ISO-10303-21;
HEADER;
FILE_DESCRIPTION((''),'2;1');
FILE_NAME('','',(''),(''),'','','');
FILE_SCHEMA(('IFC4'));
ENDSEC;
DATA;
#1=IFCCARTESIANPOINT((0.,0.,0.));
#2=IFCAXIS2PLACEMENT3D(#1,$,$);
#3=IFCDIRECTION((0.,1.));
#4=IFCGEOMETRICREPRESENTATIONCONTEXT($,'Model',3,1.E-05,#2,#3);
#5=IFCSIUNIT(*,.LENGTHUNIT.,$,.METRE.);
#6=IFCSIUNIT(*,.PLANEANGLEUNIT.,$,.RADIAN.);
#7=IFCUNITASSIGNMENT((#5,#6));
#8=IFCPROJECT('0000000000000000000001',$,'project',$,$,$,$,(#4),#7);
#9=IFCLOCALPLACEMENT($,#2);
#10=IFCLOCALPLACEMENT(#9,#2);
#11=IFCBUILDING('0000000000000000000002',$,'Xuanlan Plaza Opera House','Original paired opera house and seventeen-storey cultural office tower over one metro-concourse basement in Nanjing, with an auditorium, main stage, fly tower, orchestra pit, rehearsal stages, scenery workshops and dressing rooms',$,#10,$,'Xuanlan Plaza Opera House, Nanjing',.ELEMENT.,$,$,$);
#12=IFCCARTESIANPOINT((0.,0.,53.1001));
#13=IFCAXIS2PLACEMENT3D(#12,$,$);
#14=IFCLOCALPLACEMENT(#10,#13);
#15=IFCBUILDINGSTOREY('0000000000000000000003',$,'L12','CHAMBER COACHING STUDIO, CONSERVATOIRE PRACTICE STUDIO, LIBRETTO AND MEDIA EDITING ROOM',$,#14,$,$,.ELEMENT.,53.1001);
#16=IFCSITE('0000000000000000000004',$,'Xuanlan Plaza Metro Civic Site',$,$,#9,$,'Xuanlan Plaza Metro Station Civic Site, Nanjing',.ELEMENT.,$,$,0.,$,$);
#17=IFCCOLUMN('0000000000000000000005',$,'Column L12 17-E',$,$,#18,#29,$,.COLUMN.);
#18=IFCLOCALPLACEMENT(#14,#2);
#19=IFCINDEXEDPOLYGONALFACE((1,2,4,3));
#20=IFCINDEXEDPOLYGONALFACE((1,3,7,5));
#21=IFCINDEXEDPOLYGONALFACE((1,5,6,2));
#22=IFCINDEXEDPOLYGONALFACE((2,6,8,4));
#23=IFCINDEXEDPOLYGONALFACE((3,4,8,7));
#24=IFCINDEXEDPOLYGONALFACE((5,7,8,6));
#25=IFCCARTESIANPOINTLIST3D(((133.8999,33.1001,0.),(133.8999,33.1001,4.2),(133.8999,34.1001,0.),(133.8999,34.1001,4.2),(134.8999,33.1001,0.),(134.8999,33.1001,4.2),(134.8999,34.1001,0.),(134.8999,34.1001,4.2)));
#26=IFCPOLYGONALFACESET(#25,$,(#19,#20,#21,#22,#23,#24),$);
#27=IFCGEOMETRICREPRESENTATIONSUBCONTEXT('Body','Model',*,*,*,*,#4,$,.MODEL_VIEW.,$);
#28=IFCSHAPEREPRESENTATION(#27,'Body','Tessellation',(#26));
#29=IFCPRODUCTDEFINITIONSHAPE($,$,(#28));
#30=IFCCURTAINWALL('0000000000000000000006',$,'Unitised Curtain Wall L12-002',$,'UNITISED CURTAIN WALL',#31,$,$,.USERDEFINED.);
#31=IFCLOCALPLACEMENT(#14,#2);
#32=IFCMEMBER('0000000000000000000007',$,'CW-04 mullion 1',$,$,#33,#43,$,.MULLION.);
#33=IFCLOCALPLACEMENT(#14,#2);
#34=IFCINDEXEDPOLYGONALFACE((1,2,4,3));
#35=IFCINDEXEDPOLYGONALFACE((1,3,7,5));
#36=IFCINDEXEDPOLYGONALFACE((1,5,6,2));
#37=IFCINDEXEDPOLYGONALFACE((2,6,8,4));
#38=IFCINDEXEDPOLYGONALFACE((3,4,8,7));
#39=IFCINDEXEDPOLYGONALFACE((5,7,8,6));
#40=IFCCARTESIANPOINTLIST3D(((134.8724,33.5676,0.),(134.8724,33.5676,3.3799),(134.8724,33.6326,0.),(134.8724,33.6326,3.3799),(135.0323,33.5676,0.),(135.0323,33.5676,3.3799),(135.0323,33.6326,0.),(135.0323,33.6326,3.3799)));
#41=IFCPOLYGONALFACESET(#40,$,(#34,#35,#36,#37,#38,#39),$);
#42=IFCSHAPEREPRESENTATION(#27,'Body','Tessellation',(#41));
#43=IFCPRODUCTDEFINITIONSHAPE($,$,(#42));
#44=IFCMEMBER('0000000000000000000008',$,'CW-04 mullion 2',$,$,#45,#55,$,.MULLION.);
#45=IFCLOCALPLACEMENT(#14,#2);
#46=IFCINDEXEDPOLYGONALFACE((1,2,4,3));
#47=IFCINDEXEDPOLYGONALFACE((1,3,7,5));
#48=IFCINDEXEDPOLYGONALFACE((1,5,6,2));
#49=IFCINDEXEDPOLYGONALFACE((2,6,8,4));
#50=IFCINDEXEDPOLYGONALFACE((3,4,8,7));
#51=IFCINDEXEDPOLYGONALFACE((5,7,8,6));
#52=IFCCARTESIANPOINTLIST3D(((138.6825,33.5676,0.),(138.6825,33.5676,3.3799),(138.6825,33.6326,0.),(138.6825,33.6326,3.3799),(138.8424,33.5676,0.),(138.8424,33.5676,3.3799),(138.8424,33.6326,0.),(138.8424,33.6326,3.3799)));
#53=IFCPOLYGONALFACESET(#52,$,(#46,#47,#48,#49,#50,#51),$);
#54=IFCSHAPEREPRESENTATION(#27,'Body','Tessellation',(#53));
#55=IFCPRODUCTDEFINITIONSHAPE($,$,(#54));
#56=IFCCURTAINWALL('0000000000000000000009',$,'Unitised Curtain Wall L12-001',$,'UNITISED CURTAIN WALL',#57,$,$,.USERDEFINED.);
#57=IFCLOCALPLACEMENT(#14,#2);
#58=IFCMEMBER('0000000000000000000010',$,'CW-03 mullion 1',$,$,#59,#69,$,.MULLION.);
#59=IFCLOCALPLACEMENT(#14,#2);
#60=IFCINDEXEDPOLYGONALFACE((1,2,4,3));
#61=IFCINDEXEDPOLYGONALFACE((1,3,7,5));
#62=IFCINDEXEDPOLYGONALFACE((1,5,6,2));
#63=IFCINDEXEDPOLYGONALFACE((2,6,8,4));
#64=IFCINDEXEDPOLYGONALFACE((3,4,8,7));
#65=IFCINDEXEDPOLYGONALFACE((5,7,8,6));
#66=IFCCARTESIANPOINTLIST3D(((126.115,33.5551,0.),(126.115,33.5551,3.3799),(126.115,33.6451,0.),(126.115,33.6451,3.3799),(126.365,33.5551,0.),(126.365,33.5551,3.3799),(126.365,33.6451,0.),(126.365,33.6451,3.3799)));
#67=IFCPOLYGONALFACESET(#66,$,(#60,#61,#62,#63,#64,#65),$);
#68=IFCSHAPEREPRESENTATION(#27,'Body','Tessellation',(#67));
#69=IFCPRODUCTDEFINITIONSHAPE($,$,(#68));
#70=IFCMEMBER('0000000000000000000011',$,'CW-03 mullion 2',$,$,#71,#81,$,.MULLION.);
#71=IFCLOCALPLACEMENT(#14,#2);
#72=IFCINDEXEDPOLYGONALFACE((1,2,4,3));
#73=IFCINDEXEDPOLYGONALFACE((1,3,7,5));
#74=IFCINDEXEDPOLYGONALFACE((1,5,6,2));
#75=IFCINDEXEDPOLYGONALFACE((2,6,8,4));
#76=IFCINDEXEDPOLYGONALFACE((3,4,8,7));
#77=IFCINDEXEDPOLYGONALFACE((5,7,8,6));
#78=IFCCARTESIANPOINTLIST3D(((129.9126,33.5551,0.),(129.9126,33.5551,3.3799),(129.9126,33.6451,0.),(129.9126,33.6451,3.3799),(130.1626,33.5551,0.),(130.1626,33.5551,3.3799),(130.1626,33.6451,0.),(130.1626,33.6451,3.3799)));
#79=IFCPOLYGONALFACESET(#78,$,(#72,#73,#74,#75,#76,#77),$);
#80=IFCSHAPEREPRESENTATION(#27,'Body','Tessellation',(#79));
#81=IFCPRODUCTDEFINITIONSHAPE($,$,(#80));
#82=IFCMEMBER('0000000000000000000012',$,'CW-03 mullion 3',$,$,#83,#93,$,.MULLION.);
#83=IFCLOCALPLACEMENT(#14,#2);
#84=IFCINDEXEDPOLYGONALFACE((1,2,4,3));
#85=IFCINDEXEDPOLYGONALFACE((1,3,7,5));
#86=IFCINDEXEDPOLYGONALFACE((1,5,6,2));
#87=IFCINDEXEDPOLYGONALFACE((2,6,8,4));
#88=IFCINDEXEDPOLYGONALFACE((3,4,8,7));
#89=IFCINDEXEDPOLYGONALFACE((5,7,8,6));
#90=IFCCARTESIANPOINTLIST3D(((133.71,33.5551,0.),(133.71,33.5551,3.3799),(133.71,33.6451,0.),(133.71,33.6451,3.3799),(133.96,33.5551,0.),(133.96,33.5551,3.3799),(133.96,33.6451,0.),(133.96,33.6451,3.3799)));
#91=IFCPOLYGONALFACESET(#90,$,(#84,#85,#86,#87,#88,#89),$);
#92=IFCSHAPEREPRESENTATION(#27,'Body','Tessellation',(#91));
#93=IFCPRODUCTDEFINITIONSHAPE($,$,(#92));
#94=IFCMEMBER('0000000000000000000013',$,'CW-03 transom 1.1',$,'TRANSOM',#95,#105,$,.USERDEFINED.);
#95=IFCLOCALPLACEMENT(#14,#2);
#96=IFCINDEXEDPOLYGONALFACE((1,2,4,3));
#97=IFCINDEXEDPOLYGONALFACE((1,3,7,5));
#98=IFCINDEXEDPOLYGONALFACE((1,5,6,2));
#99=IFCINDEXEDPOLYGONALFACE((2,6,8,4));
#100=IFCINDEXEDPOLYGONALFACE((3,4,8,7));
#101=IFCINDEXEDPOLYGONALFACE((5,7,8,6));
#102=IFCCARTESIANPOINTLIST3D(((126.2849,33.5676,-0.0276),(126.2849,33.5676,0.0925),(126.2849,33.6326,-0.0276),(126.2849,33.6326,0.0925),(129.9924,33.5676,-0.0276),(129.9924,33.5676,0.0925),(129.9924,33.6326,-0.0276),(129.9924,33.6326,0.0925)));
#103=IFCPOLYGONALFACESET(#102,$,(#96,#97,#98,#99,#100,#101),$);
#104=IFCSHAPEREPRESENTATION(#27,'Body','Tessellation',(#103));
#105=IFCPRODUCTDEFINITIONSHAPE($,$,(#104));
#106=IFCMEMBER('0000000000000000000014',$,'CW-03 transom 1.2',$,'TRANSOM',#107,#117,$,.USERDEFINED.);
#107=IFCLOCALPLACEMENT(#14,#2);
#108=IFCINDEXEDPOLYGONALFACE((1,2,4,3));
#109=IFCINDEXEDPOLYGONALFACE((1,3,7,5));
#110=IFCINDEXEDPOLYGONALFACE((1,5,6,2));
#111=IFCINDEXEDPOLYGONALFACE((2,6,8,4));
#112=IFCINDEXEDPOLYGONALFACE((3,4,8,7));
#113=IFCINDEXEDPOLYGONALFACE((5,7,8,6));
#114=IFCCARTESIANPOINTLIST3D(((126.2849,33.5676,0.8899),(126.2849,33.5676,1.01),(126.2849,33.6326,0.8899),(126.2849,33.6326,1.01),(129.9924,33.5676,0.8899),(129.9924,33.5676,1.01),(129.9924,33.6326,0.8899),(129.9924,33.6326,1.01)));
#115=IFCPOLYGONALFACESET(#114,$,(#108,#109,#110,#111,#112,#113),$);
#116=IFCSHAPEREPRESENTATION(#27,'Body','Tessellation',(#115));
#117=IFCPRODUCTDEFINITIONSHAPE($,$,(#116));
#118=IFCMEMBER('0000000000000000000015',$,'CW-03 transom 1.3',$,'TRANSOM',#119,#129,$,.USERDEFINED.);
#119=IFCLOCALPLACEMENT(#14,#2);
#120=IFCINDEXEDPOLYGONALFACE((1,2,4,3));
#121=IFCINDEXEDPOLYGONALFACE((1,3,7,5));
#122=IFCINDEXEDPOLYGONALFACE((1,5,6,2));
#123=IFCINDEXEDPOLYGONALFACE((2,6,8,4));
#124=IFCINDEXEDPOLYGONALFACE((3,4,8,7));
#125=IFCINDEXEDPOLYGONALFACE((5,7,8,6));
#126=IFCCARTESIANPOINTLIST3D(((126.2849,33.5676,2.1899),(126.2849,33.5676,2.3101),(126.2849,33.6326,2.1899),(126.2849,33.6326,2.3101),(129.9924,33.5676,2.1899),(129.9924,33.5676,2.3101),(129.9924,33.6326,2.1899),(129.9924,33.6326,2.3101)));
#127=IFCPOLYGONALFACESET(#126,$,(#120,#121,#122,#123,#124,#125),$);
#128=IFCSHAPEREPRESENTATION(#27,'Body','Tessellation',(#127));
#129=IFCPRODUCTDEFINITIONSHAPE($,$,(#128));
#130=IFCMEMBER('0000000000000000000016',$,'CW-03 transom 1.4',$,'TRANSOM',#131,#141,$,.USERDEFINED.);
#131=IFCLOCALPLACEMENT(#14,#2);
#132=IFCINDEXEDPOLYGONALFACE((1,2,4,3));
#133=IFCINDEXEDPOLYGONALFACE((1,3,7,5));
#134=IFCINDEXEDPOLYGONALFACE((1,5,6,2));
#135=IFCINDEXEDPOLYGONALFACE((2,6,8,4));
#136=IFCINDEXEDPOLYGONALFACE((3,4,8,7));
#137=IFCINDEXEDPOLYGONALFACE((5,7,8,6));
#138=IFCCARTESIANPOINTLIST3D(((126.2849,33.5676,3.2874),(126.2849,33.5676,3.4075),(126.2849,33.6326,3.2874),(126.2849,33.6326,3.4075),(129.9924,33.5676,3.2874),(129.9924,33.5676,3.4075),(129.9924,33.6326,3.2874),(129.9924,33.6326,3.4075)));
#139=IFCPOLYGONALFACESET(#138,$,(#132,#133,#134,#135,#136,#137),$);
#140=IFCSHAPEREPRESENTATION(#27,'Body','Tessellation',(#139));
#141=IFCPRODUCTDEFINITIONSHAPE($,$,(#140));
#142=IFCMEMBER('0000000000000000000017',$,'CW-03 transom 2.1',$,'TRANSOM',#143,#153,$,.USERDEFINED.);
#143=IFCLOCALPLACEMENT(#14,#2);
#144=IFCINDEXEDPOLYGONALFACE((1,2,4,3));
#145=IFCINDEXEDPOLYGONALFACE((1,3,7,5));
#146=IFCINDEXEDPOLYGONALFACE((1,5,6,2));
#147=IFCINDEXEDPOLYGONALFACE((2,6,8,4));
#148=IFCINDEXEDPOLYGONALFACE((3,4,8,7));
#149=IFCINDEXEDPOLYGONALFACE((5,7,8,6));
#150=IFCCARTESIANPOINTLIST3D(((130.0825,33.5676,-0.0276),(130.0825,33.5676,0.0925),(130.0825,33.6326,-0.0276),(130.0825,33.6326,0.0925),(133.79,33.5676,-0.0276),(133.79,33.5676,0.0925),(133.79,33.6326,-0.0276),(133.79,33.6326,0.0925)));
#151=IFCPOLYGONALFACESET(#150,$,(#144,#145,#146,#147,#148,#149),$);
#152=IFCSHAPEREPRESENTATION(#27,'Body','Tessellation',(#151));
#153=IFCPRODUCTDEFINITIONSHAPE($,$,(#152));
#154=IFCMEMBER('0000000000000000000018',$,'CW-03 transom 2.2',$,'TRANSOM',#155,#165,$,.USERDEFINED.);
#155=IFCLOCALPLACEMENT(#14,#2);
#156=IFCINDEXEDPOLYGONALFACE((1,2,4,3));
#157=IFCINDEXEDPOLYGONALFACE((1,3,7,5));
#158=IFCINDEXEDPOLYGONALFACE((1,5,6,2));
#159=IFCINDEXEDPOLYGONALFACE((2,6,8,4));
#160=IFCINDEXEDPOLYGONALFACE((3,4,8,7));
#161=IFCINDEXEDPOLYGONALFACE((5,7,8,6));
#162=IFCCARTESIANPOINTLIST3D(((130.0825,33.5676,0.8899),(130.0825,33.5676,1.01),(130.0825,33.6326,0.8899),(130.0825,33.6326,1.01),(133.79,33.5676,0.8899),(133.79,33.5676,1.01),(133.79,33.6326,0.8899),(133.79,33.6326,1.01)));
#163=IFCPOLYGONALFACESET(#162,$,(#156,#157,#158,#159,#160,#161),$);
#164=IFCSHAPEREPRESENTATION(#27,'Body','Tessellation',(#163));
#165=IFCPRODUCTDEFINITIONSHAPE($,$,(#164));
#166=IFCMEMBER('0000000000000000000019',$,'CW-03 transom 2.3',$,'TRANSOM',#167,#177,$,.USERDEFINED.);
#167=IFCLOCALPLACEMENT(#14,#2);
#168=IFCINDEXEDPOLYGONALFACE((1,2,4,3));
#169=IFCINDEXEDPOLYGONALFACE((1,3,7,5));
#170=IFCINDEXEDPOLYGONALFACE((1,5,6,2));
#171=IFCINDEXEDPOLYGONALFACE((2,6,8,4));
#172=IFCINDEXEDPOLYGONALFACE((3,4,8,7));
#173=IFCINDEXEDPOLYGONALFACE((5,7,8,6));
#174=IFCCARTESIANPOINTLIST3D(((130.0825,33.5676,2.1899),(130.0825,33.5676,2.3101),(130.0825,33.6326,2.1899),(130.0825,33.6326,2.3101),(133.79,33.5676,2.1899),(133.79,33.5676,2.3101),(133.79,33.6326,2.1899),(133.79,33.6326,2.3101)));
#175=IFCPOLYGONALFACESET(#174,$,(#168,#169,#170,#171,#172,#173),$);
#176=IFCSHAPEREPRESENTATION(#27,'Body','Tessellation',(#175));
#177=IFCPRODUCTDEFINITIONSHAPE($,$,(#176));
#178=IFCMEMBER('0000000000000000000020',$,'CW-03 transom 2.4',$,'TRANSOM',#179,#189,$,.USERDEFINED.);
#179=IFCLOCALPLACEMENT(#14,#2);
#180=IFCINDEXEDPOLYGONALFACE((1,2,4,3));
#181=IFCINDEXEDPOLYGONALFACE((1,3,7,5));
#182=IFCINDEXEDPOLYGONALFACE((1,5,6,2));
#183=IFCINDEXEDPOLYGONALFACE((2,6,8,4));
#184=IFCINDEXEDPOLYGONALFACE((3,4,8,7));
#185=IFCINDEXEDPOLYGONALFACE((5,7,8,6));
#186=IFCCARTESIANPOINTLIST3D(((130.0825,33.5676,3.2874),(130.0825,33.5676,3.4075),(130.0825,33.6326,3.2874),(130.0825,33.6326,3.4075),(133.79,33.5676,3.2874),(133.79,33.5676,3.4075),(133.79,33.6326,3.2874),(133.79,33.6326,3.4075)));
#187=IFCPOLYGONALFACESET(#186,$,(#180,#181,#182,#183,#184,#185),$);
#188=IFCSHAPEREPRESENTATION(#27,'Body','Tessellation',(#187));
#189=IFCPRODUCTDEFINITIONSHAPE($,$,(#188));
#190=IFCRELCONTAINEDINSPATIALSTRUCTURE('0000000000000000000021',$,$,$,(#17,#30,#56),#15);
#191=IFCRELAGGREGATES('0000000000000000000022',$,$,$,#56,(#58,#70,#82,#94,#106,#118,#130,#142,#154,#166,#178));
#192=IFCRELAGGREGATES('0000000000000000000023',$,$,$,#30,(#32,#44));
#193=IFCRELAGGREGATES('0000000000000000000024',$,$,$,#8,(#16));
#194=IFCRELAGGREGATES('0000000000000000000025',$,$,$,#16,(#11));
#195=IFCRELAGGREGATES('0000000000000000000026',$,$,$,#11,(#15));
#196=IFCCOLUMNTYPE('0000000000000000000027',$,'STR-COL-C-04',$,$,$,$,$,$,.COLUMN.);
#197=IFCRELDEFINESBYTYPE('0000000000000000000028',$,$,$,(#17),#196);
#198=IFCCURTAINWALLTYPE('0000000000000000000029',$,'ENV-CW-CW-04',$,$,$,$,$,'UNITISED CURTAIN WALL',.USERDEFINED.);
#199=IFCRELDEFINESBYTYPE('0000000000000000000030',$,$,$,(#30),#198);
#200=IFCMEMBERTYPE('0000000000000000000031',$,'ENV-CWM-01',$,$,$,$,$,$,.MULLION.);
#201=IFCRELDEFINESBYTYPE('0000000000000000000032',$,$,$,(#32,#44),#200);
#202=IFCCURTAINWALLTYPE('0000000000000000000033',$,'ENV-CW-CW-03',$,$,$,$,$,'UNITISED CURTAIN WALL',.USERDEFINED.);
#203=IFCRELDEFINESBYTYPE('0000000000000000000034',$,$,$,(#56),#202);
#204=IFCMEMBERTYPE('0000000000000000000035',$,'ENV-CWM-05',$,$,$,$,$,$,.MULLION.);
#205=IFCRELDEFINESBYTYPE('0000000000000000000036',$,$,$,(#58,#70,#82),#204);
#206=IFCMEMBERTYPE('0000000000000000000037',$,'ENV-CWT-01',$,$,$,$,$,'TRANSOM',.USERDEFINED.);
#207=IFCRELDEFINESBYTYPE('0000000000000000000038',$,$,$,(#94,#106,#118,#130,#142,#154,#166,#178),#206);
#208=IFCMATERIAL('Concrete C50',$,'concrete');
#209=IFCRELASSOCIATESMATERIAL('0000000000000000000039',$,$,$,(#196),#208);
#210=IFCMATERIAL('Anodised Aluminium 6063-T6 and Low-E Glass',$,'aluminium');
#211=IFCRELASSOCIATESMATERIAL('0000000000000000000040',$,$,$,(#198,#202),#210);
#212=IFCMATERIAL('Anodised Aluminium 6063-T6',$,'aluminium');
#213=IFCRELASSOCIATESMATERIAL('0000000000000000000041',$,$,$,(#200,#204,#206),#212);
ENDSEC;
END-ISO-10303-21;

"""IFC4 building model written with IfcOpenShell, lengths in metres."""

from ifc_helpers import new_model, si_unit, direction, frame, origin, origin_2d, place, context, subcontext, project, spatial, rectangle, extrude, material, material_profile, profile_set, type_object, element, aggregate, save


model = new_model("IFC4")

# Units and contexts
model_context = context("Model", 3, precision=1e-05, world=origin(), true_north=direction((0.0, 1.0)))
body_context = subcontext(model_context, "Body", "Model", "MODEL_VIEW")
ifc_project = project(units=[si_unit("LENGTHUNIT", "METRE"), si_unit("PLANEANGLEUNIT", "RADIAN")], contexts=[model_context])

# Site, building, storey
site_placement = place(None, origin())
site = spatial("IfcSite", under=ifc_project, at=site_placement, Name="Xuanlan Plaza Metro Civic Site", LongName="Xuanlan Plaza Metro Station Civic Site, Nanjing", CompositionType="ELEMENT", RefElevation=0.0)
building_placement = place(site_placement, origin())
building = spatial("IfcBuilding", under=site, at=building_placement, Name="Xuanlan Plaza Opera House", Description="Original paired opera house and seventeen-storey cultural office tower over one metro-concourse basement in Nanjing, with an auditorium, main stage, fly tower, orchestra pit, rehearsal stages, scenery workshops and dressing rooms", LongName="Xuanlan Plaza Opera House, Nanjing", CompositionType="ELEMENT")
storey_placement = place(building_placement, frame((0.0, 0.0, 53.1001)))
storey = spatial("IfcBuildingStorey", under=building, at=storey_placement, Name="L12", Description="CHAMBER COACHING STUDIO, CONSERVATOIRE PRACTICE STUDIO, LIBRETTO AND MEDIA EDITING ROOM", CompositionType="ELEMENT", Elevation=53.1001)

# Column
ifc_material_1 = material(Name="Concrete C50", Category="concrete")
ifc_material_profile_1 = material_profile(ifc_material_1, rectangle(XDim=1.0, YDim=1.0, at=origin_2d()), Name="RC-COL 1000x1000")
ifc_profile_set_1 = profile_set([ifc_material_profile_1], Name="Concrete C50")
column_type = type_object("IfcColumnType", Name="STR-COL-C-04", PredefinedType="COLUMN", material=ifc_profile_set_1)
column_placement = place(storey_placement, frame((134.3999, 33.6001, 0.0), z_axis=(0.0, 0.0, 1.0), x_axis=(1.0, 0.0, 0.0)))
element("IfcColumn", 1, at=column_placement, inside=storey, type_object=column_type, Name="Column L12 17-E", PredefinedType="COLUMN", context=body_context, shape_type="SweptSolid", body=[
    extrude(rectangle(XDim=1.0, YDim=1.0, at=origin_2d()), origin(), (0.0, 0.0, 1.0), 4.2),
])

# Curtain walls, members
ifc_material_2 = material(Name="Anodised Aluminium 6063-T6 and Low-E Glass", Category="aluminium")
curtain_wall_type_1 = type_object("IfcCurtainWallType", Name="ENV-CW-CW-04", ElementType="UNITISED CURTAIN WALL", PredefinedType="USERDEFINED", material=ifc_material_2)
curtain_wall_1_placement = place(storey_placement, origin())
curtain_wall_1 = element("IfcCurtainWall", 2, at=curtain_wall_1_placement, inside=storey, type_object=curtain_wall_type_1, Name="Unitised Curtain Wall L12-002", ObjectType="UNITISED CURTAIN WALL", PredefinedType="USERDEFINED")
ifc_material_3 = material(Name="Anodised Aluminium 6063-T6", Category="aluminium")
ifc_material_profile_2 = material_profile(ifc_material_3, rectangle(XDim=0.0649, YDim=0.1599, at=origin_2d()), Name="ALU-M 65x160")
ifc_profile_set_2 = profile_set([ifc_material_profile_2], Name="Anodised Aluminium 6063-T6")
member_type_1 = type_object("IfcMemberType", Name="ENV-CWM-01", PredefinedType="MULLION", material=ifc_profile_set_2)
member_1_placement = place(storey_placement, frame((134.9524, 33.6001, 0.0), z_axis=(0.0, 0.0, 1.0), x_axis=(0.0, 1.0, 0.0)))
member_1 = element("IfcMember", 3, at=member_1_placement, type_object=member_type_1, Name="CW-04 mullion 1", PredefinedType="MULLION", context=body_context, shape_type="SweptSolid", body=[
    extrude(rectangle(XDim=0.0649, YDim=0.1599, at=origin_2d()), origin(), (0.0, 0.0, 1.0), 3.3799),
])
member_2_placement = place(storey_placement, frame((138.7625, 33.6001, 0.0), z_axis=(0.0, 0.0, 1.0), x_axis=(0.0, 1.0, 0.0)))
member_2 = element("IfcMember", 4, at=member_2_placement, type_object=member_type_1, Name="CW-04 mullion 2", PredefinedType="MULLION", context=body_context, shape_type="SweptSolid", body=[
    extrude(rectangle(XDim=0.0649, YDim=0.1599, at=origin_2d()), origin(), (0.0, 0.0, 1.0), 3.3799),
])
curtain_wall_type_2 = type_object("IfcCurtainWallType", Name="ENV-CW-CW-03", ElementType="UNITISED CURTAIN WALL", PredefinedType="USERDEFINED", material=ifc_material_2)
curtain_wall_2_placement = place(storey_placement, origin())
curtain_wall_2 = element("IfcCurtainWall", 5, at=curtain_wall_2_placement, inside=storey, type_object=curtain_wall_type_2, Name="Unitised Curtain Wall L12-001", ObjectType="UNITISED CURTAIN WALL", PredefinedType="USERDEFINED")
ifc_material_profile_3 = material_profile(ifc_material_3, rectangle(XDim=0.0901, YDim=0.25, at=origin_2d()), Name="ALU-M 90x250")
ifc_profile_set_3 = profile_set([ifc_material_profile_3], Name="Anodised Aluminium 6063-T6")
member_type_2 = type_object("IfcMemberType", Name="ENV-CWM-05", PredefinedType="MULLION", material=ifc_profile_set_3)
member_3_placement = place(storey_placement, frame((126.24, 33.6001, 0.0), z_axis=(0.0, 0.0, 1.0), x_axis=(0.0, 1.0, 0.0)))
member_3 = element("IfcMember", 6, at=member_3_placement, type_object=member_type_2, Name="CW-03 mullion 1", PredefinedType="MULLION", context=body_context, shape_type="SweptSolid", body=[
    extrude(rectangle(XDim=0.0901, YDim=0.25, at=origin_2d()), origin(), (0.0, 0.0, 1.0), 3.3799),
])
member_4_placement = place(storey_placement, frame((130.0376, 33.6001, 0.0), z_axis=(0.0, 0.0, 1.0), x_axis=(0.0, 1.0, 0.0)))
member_4 = element("IfcMember", 7, at=member_4_placement, type_object=member_type_2, Name="CW-03 mullion 2", PredefinedType="MULLION", context=body_context, shape_type="SweptSolid", body=[
    extrude(rectangle(XDim=0.0901, YDim=0.25, at=origin_2d()), origin(), (0.0, 0.0, 1.0), 3.3799),
])
member_5_placement = place(storey_placement, frame((133.835, 33.6001, 0.0), z_axis=(0.0, 0.0, 1.0), x_axis=(0.0, 1.0, 0.0)))
member_5 = element("IfcMember", 8, at=member_5_placement, type_object=member_type_2, Name="CW-03 mullion 3", PredefinedType="MULLION", context=body_context, shape_type="SweptSolid", body=[
    extrude(rectangle(XDim=0.0901, YDim=0.25, at=origin_2d()), origin(), (0.0, 0.0, 1.0), 3.3799),
])
ifc_material_profile_4 = material_profile(ifc_material_3, rectangle(XDim=0.0649, YDim=0.1201, at=origin_2d()), Name="ALU-T 65x120")
ifc_profile_set_4 = profile_set([ifc_material_profile_4], Name="Anodised Aluminium 6063-T6")
member_type_3 = type_object("IfcMemberType", Name="ENV-CWT-01", ElementType="TRANSOM", PredefinedType="USERDEFINED", material=ifc_profile_set_4)
member_6_placement = place(storey_placement, frame((126.2849, 33.6001, 0.0325), z_axis=(1.0, 0.0, 0.0), x_axis=(0.0, 1.0, 0.0)))
member_6 = element("IfcMember", 9, at=member_6_placement, type_object=member_type_3, Name="CW-03 transom 1.1", ObjectType="TRANSOM", PredefinedType="USERDEFINED", context=body_context, shape_type="SweptSolid", body=[
    extrude(rectangle(XDim=0.0649, YDim=0.1201, at=origin_2d()), origin(), (0.0, 0.0, 1.0), 3.7075),
])
member_7_placement = place(storey_placement, frame((126.2849, 33.6001, 0.95), z_axis=(1.0, 0.0, 0.0), x_axis=(0.0, 1.0, 0.0)))
member_7 = element("IfcMember", 10, at=member_7_placement, type_object=member_type_3, Name="CW-03 transom 1.2", ObjectType="TRANSOM", PredefinedType="USERDEFINED", context=body_context, shape_type="SweptSolid", body=[
    extrude(rectangle(XDim=0.0649, YDim=0.1201, at=origin_2d()), origin(), (0.0, 0.0, 1.0), 3.7075),
])
member_8_placement = place(storey_placement, frame((126.2849, 33.6001, 2.25), z_axis=(1.0, 0.0, 0.0), x_axis=(0.0, 1.0, 0.0)))
member_8 = element("IfcMember", 11, at=member_8_placement, type_object=member_type_3, Name="CW-03 transom 1.3", ObjectType="TRANSOM", PredefinedType="USERDEFINED", context=body_context, shape_type="SweptSolid", body=[
    extrude(rectangle(XDim=0.0649, YDim=0.1201, at=origin_2d()), origin(), (0.0, 0.0, 1.0), 3.7075),
])
member_9_placement = place(storey_placement, frame((126.2849, 33.6001, 3.3474), z_axis=(1.0, 0.0, 0.0), x_axis=(0.0, 1.0, 0.0)))
member_9 = element("IfcMember", 12, at=member_9_placement, type_object=member_type_3, Name="CW-03 transom 1.4", ObjectType="TRANSOM", PredefinedType="USERDEFINED", context=body_context, shape_type="SweptSolid", body=[
    extrude(rectangle(XDim=0.0649, YDim=0.1201, at=origin_2d()), origin(), (0.0, 0.0, 1.0), 3.7075),
])
member_10_placement = place(storey_placement, frame((130.0825, 33.6001, 0.0325), z_axis=(1.0, 0.0, 0.0), x_axis=(0.0, 1.0, 0.0)))
member_10 = element("IfcMember", 13, at=member_10_placement, type_object=member_type_3, Name="CW-03 transom 2.1", ObjectType="TRANSOM", PredefinedType="USERDEFINED", context=body_context, shape_type="SweptSolid", body=[
    extrude(rectangle(XDim=0.0649, YDim=0.1201, at=origin_2d()), origin(), (0.0, 0.0, 1.0), 3.7075),
])
member_11_placement = place(storey_placement, frame((130.0825, 33.6001, 0.95), z_axis=(1.0, 0.0, 0.0), x_axis=(0.0, 1.0, 0.0)))
member_11 = element("IfcMember", 14, at=member_11_placement, type_object=member_type_3, Name="CW-03 transom 2.2", ObjectType="TRANSOM", PredefinedType="USERDEFINED", context=body_context, shape_type="SweptSolid", body=[
    extrude(rectangle(XDim=0.0649, YDim=0.1201, at=origin_2d()), origin(), (0.0, 0.0, 1.0), 3.7075),
])
member_12_placement = place(storey_placement, frame((130.0825, 33.6001, 2.25), z_axis=(1.0, 0.0, 0.0), x_axis=(0.0, 1.0, 0.0)))
member_12 = element("IfcMember", 15, at=member_12_placement, type_object=member_type_3, Name="CW-03 transom 2.3", ObjectType="TRANSOM", PredefinedType="USERDEFINED", context=body_context, shape_type="SweptSolid", body=[
    extrude(rectangle(XDim=0.0649, YDim=0.1201, at=origin_2d()), origin(), (0.0, 0.0, 1.0), 3.7075),
])
member_13_placement = place(storey_placement, frame((130.0825, 33.6001, 3.3474), z_axis=(1.0, 0.0, 0.0), x_axis=(0.0, 1.0, 0.0)))
member_13 = element("IfcMember", 16, at=member_13_placement, type_object=member_type_3, Name="CW-03 transom 2.4", ObjectType="TRANSOM", PredefinedType="USERDEFINED", context=body_context, shape_type="SweptSolid", body=[
    extrude(rectangle(XDim=0.0649, YDim=0.1201, at=origin_2d()), origin(), (0.0, 0.0, 1.0), 3.7075),
])

aggregate(curtain_wall_2, [member_3, member_4, member_5, member_6, member_7, member_8, member_9, member_10, member_11, member_12, member_13])
aggregate(curtain_wall_1, [member_1, member_2])

save(model, "model.ifc")
